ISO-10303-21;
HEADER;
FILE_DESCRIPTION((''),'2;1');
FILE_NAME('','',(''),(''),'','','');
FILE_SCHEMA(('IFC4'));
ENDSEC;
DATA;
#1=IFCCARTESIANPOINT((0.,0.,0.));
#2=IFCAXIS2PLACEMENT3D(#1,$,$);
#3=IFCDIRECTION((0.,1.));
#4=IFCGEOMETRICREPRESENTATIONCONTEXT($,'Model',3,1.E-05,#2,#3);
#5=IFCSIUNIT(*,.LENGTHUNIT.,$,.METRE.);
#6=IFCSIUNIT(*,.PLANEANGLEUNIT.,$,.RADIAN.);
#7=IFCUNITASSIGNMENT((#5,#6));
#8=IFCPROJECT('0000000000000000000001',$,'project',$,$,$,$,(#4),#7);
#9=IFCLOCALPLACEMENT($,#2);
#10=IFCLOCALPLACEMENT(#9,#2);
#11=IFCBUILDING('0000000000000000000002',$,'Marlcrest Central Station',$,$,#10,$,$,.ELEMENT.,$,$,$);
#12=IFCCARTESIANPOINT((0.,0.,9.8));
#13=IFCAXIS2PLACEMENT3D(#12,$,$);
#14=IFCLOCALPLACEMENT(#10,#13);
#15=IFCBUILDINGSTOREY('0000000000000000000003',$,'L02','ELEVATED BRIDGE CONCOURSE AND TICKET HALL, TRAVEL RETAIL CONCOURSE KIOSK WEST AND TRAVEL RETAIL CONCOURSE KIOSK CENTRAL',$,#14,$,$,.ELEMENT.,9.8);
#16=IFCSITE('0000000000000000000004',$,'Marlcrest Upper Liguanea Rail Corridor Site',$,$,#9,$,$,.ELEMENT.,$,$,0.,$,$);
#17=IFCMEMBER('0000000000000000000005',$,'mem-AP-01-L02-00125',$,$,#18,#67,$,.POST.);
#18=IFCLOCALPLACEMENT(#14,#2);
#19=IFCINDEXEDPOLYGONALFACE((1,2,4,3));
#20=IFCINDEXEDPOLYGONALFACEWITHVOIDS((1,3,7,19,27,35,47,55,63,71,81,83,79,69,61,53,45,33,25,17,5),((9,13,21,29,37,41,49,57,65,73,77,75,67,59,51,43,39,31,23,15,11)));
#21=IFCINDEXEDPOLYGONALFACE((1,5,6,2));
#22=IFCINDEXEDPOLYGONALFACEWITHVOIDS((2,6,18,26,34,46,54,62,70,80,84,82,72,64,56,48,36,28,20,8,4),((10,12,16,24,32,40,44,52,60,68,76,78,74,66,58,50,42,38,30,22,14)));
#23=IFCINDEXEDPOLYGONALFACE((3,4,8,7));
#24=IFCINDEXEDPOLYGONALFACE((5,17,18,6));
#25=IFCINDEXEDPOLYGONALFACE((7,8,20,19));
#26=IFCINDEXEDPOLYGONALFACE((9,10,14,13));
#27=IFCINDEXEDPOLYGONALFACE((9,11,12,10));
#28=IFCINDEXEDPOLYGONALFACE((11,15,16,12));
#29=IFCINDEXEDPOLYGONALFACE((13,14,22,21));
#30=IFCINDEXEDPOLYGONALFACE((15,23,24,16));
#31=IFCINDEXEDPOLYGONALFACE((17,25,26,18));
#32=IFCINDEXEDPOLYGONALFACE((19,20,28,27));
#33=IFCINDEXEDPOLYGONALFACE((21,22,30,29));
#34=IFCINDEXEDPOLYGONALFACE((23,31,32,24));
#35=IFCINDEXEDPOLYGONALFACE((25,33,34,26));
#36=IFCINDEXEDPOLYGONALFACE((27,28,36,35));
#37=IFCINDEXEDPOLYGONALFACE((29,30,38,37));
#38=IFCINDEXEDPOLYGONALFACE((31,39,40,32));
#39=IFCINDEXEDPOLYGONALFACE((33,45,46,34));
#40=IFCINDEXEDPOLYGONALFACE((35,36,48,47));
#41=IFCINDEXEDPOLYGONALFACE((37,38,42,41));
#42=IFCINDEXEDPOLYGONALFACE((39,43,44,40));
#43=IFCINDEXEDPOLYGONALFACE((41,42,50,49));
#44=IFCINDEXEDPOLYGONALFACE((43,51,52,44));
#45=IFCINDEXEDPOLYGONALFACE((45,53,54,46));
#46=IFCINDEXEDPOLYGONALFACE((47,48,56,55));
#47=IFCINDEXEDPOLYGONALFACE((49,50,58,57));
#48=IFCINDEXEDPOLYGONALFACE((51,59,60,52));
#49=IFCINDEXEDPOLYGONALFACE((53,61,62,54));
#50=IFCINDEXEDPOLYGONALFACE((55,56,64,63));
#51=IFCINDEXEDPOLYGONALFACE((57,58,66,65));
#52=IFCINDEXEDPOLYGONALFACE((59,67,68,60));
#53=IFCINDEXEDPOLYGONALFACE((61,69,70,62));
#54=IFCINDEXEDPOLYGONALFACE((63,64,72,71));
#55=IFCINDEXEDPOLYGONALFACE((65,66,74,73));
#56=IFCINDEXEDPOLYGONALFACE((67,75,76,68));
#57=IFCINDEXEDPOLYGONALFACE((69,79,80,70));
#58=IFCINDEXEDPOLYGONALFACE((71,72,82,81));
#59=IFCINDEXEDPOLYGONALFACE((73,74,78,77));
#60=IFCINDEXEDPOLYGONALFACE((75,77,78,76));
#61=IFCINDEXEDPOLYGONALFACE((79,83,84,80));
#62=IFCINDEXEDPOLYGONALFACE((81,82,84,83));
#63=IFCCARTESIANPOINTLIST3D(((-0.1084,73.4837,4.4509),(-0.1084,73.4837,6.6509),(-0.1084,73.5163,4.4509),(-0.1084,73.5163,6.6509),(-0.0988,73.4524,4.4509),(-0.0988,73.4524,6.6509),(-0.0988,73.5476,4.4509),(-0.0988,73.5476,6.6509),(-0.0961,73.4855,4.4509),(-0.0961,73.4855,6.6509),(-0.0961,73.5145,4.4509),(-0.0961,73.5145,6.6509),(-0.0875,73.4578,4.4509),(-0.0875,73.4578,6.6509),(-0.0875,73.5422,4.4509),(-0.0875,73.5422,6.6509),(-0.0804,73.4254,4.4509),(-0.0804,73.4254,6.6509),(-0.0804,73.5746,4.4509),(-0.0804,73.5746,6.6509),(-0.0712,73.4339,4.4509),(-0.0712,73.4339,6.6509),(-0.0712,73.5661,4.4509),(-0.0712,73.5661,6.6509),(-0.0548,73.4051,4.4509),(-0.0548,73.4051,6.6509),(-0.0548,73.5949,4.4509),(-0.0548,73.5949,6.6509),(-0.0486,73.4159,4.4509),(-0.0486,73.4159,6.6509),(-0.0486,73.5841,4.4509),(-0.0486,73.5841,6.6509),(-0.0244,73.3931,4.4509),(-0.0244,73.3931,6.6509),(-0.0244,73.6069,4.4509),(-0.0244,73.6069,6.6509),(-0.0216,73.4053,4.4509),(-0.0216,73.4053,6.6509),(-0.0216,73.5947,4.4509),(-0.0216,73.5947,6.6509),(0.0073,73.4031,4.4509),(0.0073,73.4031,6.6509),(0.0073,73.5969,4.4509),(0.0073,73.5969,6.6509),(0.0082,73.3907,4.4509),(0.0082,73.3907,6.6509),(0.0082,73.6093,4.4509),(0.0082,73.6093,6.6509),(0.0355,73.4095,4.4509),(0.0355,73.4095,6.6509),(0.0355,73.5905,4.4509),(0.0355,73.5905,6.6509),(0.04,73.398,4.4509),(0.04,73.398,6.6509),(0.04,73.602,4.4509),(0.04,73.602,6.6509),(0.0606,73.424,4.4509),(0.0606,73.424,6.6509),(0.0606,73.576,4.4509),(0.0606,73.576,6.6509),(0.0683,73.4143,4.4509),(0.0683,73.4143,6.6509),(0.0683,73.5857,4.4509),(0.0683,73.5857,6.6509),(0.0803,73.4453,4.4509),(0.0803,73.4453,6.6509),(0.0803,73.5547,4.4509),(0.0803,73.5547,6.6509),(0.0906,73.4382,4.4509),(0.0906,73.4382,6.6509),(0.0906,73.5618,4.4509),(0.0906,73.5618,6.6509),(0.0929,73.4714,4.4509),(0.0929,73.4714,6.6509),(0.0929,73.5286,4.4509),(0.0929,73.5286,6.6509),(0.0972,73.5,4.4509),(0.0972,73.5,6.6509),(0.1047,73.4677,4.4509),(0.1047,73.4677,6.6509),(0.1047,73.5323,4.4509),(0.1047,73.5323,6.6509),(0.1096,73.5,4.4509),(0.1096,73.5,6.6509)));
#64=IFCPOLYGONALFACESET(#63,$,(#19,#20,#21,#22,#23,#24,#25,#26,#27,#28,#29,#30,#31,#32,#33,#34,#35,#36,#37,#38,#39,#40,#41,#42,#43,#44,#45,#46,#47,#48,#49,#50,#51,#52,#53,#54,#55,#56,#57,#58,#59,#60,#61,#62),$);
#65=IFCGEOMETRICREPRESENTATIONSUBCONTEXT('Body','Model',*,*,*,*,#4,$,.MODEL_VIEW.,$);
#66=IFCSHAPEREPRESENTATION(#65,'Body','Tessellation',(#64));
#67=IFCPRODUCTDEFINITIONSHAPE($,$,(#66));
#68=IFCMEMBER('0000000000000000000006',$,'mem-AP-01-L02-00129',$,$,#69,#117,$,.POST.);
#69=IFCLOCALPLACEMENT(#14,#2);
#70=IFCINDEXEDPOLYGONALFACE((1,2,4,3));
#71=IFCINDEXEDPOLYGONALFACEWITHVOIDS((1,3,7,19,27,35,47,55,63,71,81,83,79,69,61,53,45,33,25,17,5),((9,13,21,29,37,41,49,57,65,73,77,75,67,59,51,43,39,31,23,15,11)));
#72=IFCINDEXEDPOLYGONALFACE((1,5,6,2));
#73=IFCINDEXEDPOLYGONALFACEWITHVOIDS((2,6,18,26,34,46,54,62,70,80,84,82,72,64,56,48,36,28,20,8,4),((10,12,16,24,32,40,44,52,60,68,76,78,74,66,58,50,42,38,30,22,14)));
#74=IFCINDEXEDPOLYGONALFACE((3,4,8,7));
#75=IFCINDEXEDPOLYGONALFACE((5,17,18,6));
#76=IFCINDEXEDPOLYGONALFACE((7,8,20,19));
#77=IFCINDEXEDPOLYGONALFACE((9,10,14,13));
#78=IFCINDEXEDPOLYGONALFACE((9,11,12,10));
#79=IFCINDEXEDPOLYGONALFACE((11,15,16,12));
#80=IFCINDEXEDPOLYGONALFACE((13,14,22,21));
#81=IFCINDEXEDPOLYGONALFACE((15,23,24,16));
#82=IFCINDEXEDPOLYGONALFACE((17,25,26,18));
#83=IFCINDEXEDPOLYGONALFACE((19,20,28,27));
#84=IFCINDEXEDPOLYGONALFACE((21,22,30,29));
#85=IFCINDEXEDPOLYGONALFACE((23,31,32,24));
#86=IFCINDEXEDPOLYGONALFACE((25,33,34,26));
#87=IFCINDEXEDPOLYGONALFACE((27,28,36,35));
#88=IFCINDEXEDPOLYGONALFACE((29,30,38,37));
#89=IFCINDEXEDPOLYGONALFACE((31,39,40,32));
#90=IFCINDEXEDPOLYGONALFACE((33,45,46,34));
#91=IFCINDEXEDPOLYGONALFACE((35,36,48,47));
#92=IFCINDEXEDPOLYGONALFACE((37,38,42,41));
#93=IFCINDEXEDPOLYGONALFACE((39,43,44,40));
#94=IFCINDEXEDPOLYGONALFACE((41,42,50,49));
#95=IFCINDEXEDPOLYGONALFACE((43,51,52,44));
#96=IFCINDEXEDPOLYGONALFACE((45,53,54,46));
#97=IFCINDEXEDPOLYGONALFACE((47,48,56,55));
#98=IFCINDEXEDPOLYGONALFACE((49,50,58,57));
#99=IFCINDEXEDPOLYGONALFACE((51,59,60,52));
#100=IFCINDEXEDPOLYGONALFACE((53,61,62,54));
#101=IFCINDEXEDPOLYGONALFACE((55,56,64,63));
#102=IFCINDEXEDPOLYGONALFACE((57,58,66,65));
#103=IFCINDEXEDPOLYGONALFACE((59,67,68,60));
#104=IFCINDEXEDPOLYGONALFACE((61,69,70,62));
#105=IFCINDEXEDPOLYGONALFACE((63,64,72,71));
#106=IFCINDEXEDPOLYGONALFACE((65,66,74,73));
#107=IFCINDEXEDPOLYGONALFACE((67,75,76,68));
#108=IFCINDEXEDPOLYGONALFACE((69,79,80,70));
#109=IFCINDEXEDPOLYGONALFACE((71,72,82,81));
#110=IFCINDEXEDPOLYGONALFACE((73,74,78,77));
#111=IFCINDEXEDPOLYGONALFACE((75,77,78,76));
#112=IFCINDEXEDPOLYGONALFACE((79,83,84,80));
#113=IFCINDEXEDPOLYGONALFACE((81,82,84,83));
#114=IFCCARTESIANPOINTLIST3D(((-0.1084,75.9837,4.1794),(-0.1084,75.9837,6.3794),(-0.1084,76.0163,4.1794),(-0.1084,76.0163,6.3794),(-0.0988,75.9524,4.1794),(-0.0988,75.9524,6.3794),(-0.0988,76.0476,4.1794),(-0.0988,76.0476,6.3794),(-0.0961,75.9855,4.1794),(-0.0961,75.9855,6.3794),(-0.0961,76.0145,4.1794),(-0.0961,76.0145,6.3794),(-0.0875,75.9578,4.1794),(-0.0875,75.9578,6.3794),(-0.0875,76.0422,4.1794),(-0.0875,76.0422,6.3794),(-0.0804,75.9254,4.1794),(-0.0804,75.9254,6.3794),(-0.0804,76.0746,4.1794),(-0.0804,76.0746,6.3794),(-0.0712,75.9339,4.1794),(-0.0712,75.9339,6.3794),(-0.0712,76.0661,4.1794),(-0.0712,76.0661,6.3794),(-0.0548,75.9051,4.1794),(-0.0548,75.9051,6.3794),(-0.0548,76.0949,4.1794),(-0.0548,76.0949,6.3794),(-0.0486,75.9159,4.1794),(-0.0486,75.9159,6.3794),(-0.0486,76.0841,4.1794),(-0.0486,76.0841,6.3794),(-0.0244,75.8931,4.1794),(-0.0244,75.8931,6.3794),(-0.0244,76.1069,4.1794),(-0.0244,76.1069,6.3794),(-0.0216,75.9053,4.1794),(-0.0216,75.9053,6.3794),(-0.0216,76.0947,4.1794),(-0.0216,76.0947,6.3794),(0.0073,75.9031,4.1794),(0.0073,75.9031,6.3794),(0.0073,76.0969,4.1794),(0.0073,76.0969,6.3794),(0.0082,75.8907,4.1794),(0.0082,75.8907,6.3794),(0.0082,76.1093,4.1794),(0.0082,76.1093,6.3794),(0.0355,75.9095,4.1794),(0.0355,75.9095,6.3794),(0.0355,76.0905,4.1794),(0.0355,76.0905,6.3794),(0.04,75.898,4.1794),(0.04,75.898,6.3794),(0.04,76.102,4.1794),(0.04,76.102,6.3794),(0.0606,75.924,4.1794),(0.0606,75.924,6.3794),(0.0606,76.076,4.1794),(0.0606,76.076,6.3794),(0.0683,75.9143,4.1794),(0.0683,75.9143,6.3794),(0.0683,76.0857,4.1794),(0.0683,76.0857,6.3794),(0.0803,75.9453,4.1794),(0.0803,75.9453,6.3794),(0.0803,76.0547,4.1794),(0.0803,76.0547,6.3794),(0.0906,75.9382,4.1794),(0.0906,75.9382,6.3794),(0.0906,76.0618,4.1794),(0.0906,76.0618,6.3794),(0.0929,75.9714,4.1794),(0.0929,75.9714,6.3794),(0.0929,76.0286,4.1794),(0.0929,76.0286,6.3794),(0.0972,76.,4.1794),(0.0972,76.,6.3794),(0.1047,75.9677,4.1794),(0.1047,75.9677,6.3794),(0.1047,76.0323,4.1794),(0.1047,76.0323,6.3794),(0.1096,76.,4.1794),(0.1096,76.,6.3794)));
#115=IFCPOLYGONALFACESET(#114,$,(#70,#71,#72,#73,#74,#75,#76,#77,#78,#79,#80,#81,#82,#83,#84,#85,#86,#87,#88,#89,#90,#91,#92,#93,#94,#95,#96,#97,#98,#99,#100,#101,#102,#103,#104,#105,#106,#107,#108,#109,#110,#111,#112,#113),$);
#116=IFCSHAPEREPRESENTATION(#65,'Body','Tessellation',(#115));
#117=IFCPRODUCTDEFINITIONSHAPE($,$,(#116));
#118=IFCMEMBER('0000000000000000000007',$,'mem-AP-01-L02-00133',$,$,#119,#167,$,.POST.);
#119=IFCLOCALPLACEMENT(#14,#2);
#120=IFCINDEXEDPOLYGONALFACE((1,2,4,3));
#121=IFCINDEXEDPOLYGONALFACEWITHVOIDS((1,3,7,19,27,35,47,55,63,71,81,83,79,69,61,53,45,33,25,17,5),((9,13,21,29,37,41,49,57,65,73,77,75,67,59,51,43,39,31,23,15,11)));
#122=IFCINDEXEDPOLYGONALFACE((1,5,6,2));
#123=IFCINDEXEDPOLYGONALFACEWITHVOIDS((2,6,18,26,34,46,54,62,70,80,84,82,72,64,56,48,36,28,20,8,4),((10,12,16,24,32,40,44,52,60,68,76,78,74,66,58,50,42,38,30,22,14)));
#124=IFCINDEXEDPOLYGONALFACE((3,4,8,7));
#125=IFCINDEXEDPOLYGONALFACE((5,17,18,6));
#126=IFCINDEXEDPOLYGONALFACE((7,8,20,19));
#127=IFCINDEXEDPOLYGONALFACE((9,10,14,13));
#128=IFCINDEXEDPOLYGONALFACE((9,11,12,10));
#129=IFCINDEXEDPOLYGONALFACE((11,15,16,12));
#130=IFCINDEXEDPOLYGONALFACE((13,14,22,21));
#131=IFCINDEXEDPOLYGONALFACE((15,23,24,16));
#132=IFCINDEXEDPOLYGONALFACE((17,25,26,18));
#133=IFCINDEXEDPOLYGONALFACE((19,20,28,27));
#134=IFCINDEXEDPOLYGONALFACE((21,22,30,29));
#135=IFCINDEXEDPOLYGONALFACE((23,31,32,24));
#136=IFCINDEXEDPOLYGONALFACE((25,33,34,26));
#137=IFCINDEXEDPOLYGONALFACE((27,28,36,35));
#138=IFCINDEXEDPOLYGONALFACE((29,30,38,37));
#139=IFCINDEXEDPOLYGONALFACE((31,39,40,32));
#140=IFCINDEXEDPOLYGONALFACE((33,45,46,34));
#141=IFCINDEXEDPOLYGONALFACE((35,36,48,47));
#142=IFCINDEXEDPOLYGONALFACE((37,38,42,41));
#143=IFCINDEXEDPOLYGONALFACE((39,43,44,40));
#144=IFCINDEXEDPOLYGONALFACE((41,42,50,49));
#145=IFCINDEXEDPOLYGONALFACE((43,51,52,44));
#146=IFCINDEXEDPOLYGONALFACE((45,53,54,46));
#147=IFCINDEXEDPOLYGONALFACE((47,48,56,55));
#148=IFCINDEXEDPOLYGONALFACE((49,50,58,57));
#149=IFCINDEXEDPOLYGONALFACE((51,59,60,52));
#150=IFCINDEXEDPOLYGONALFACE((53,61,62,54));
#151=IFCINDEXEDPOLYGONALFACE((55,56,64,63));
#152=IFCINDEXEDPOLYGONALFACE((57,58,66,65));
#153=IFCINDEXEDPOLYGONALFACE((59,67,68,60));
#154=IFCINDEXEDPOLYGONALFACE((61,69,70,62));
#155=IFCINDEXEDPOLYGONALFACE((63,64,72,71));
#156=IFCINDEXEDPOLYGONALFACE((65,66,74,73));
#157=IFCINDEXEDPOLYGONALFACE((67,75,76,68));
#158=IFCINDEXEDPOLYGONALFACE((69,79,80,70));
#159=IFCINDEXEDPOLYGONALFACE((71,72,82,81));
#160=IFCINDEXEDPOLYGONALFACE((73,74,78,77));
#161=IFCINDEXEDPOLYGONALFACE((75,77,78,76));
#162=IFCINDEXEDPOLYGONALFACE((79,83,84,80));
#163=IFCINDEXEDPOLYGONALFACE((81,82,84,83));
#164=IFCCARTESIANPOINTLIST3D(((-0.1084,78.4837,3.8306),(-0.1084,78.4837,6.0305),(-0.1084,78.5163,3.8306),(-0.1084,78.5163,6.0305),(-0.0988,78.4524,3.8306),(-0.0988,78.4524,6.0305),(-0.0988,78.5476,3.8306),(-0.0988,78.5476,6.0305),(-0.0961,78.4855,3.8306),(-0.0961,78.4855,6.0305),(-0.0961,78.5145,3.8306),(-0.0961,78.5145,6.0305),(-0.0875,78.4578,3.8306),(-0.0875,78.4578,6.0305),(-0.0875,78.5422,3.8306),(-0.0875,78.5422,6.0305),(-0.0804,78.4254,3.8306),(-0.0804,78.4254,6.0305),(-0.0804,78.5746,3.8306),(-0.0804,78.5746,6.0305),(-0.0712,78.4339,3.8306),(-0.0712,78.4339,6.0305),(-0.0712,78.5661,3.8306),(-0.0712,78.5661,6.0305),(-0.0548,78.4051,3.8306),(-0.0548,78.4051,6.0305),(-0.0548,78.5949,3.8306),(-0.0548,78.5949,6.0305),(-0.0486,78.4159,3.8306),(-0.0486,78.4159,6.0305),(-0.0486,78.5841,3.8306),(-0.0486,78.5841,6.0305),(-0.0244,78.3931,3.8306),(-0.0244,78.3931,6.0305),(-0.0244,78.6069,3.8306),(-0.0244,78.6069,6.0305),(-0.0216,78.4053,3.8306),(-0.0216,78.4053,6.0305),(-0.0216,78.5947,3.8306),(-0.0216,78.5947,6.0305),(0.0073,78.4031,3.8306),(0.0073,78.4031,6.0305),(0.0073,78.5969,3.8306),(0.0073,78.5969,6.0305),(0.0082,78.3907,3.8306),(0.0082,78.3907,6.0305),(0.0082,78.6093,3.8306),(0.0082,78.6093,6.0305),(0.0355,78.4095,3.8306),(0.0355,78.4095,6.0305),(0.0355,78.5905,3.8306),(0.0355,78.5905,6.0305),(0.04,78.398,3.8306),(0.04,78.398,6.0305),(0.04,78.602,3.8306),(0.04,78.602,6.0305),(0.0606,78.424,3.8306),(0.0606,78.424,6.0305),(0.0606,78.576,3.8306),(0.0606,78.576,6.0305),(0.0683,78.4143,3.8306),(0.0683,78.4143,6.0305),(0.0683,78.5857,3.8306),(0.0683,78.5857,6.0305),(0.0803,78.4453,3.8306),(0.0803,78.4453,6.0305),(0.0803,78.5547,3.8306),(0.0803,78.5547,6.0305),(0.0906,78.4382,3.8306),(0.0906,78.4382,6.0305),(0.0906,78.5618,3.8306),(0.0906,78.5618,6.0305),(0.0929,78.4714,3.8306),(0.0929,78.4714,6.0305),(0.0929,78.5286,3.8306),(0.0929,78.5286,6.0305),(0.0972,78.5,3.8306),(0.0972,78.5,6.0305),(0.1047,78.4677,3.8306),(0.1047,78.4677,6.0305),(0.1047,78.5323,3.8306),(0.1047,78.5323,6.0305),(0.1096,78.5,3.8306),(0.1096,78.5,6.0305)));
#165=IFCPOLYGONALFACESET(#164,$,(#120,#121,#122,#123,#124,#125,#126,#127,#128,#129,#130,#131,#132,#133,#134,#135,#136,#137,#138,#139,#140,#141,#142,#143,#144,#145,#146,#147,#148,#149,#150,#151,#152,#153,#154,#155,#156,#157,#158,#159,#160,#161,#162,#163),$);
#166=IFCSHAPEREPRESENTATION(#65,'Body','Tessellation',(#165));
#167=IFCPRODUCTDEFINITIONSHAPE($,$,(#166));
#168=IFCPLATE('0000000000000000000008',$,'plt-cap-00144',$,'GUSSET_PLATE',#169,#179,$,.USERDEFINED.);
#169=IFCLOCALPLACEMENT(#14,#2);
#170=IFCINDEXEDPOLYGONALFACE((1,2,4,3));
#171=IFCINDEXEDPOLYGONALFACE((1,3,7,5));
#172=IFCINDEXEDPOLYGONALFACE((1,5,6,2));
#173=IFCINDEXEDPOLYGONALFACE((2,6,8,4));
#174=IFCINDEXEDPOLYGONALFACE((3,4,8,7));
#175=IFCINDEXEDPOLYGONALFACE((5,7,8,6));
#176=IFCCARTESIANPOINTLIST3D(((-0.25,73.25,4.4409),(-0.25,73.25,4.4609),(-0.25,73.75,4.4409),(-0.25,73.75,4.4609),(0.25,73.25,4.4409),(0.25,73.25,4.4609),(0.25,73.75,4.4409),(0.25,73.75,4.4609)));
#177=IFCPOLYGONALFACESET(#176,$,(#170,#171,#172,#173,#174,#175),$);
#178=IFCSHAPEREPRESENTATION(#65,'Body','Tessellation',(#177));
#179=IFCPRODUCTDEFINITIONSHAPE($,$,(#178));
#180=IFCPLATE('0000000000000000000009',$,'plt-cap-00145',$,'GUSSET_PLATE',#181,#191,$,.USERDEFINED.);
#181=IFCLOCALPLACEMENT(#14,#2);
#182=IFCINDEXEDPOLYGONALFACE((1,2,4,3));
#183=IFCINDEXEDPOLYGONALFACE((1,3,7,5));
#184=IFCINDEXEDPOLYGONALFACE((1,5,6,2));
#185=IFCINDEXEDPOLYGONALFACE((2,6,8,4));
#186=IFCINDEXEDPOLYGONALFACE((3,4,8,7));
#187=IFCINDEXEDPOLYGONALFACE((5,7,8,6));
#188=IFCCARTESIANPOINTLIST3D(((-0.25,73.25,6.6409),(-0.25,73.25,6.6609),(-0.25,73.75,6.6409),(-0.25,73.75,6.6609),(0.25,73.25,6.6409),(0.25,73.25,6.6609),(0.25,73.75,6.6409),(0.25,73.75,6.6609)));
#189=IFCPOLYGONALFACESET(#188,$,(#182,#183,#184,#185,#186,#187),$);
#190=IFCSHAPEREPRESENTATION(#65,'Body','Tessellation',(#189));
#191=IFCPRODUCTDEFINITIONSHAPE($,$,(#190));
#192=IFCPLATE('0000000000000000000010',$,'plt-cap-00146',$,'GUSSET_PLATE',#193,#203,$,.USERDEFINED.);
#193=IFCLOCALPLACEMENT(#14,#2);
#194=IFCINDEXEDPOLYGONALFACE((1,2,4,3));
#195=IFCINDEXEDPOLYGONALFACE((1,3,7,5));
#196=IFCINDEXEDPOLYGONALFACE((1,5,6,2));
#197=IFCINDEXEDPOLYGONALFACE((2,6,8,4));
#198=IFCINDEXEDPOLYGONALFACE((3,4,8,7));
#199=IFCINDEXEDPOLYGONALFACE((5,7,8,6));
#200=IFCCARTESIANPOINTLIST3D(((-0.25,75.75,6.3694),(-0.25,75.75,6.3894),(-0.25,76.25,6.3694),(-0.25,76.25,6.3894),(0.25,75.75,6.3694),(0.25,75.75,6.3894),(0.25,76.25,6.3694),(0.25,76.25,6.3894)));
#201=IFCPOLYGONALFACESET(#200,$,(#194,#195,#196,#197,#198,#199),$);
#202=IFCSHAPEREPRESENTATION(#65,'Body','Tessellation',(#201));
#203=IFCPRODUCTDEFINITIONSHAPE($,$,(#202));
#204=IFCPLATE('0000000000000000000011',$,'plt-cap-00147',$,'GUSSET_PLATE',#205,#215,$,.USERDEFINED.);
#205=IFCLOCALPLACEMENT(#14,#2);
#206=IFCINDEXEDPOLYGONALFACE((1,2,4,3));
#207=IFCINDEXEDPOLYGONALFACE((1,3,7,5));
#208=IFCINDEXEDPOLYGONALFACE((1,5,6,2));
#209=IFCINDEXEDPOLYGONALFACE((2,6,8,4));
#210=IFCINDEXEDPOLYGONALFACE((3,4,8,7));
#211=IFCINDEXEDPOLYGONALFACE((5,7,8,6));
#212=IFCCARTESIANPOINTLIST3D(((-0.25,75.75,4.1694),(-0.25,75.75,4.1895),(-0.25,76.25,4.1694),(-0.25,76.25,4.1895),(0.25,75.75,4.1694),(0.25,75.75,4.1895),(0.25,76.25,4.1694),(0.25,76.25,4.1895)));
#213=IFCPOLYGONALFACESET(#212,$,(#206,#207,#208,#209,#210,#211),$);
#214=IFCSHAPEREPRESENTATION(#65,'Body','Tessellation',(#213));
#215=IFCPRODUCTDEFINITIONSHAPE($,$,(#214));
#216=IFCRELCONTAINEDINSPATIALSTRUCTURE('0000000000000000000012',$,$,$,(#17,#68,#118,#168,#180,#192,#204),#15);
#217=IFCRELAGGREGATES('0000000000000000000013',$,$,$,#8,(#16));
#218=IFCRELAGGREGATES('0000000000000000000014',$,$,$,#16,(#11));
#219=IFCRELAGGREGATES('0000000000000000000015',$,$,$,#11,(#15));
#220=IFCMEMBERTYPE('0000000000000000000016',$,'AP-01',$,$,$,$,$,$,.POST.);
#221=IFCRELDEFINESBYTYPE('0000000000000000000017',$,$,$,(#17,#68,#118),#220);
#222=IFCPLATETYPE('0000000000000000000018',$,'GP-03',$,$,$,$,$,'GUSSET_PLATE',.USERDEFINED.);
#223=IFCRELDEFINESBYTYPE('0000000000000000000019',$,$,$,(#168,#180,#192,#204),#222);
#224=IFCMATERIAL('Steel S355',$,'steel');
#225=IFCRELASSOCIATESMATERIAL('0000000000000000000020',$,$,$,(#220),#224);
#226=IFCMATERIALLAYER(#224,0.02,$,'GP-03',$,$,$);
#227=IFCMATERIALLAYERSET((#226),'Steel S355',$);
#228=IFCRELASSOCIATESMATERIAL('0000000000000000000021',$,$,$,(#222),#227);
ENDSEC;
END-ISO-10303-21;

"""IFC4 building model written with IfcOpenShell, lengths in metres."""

from ifc_helpers import new_model, si_unit, direction, frame, origin, origin_2d, place, context, subcontext, project, spatial, rectangle, hollow_circle, extrude, material, layer, layer_set, material_profile, profile_set, type_object, element, save


model = new_model("IFC4")

# Units and contexts
model_context = context("Model", 3, precision=1e-05, world=origin(), true_north=direction((0.0, 1.0)))
body_context = subcontext(model_context, "Body", "Model", "MODEL_VIEW")
ifc_project = project(units=[si_unit("LENGTHUNIT", "METRE"), si_unit("PLANEANGLEUNIT", "RADIAN")], contexts=[model_context])

# Site, building, storey
site_placement = place(None, origin())
site = spatial("IfcSite", under=ifc_project, at=site_placement, Name="Marlcrest Upper Liguanea Rail Corridor Site", CompositionType="ELEMENT", RefElevation=0.0)
building_placement = place(site_placement, origin())
building = spatial("IfcBuilding", under=site, at=building_placement, Name="Marlcrest Central Station", CompositionType="ELEMENT")
storey_placement = place(building_placement, frame((0.0, 0.0, 9.8)))
storey = spatial("IfcBuildingStorey", under=building, at=storey_placement, Name="L02", Description="ELEVATED BRIDGE CONCOURSE AND TICKET HALL, TRAVEL RETAIL CONCOURSE KIOSK WEST AND TRAVEL RETAIL CONCOURSE KIOSK CENTRAL", CompositionType="ELEMENT", Elevation=9.8)

# Members
ifc_material = material(Name="Steel S355", Category="steel")
ifc_material_profile_1 = material_profile(ifc_material, hollow_circle(Radius=0.1096, WallThickness=0.0125, at=origin_2d()), Name="CHS 219.1x12.5")
ifc_profile_set_1 = profile_set([ifc_material_profile_1], Name="Steel S355")
member_type_1 = type_object("IfcMemberType", Name="AP-01", PredefinedType="POST", material=ifc_profile_set_1)
for number, where, z_axis, x_axis, name in (
    (1, (0.0, 73.5, 4.4509), (0.0, 0.0, 1.0), (1.0, 0.0, 0.0), "mem-AP-01-L02-00125"),
    (2, (0.0, 76.0, 4.1794), (0.0, 0.0, 1.0), (1.0, 0.0, 0.0), "mem-AP-01-L02-00129"),
    (3, (0.0, 78.5, 3.8306), (0.0, 0.0, 1.0), (1.0, 0.0, 0.0), "mem-AP-01-L02-00133"),
):
    element("IfcMember", number, at=place(storey_placement, frame(where, z_axis=z_axis, x_axis=x_axis)), inside=storey, type_object=member_type_1, Name=name, PredefinedType="POST", context=body_context, shape_type="SweptSolid", body=[
        extrude(hollow_circle(Radius=0.1096, WallThickness=0.0125, at=origin_2d()), origin(), (0.0, 0.0, 1.0), 2.2),
    ])

# Plates
ifc_layer = layer(ifc_material, 0.02, Name="GP-03")
ifc_layer_set = layer_set([ifc_layer], Name="Steel S355")
plate_type = type_object("IfcPlateType", Name="GP-03", ElementType="GUSSET_PLATE", PredefinedType="USERDEFINED", material=ifc_layer_set)
for number, where, z_axis, x_axis, name in (
    (4, (0.0, 73.5, 4.4409), (0.0, 0.0, 1.0), (1.0, 0.0, 0.0), "plt-cap-00144"),
    (5, (0.0, 73.5, 6.6409), (0.0, 0.0, 1.0), (1.0, 0.0, 0.0), "plt-cap-00145"),
    (6, (0.0, 76.0, 6.3694), (0.0, 0.0, 1.0), (1.0, 0.0, 0.0), "plt-cap-00146"),
    (7, (0.0, 76.0, 4.1694), (0.0, 0.0, 1.0), (1.0, 0.0, 0.0), "plt-cap-00147"),
):
    element("IfcPlate", number, at=place(storey_placement, frame(where, z_axis=z_axis, x_axis=x_axis)), inside=storey, type_object=plate_type, Name=name, ObjectType="GUSSET_PLATE", PredefinedType="USERDEFINED", context=body_context, shape_type="SweptSolid", body=[
        extrude(rectangle(XDim=0.5, YDim=0.5, at=origin_2d()), origin(), (0.0, 0.0, 1.0), 0.02),
    ])

save(model, "model.ifc")
